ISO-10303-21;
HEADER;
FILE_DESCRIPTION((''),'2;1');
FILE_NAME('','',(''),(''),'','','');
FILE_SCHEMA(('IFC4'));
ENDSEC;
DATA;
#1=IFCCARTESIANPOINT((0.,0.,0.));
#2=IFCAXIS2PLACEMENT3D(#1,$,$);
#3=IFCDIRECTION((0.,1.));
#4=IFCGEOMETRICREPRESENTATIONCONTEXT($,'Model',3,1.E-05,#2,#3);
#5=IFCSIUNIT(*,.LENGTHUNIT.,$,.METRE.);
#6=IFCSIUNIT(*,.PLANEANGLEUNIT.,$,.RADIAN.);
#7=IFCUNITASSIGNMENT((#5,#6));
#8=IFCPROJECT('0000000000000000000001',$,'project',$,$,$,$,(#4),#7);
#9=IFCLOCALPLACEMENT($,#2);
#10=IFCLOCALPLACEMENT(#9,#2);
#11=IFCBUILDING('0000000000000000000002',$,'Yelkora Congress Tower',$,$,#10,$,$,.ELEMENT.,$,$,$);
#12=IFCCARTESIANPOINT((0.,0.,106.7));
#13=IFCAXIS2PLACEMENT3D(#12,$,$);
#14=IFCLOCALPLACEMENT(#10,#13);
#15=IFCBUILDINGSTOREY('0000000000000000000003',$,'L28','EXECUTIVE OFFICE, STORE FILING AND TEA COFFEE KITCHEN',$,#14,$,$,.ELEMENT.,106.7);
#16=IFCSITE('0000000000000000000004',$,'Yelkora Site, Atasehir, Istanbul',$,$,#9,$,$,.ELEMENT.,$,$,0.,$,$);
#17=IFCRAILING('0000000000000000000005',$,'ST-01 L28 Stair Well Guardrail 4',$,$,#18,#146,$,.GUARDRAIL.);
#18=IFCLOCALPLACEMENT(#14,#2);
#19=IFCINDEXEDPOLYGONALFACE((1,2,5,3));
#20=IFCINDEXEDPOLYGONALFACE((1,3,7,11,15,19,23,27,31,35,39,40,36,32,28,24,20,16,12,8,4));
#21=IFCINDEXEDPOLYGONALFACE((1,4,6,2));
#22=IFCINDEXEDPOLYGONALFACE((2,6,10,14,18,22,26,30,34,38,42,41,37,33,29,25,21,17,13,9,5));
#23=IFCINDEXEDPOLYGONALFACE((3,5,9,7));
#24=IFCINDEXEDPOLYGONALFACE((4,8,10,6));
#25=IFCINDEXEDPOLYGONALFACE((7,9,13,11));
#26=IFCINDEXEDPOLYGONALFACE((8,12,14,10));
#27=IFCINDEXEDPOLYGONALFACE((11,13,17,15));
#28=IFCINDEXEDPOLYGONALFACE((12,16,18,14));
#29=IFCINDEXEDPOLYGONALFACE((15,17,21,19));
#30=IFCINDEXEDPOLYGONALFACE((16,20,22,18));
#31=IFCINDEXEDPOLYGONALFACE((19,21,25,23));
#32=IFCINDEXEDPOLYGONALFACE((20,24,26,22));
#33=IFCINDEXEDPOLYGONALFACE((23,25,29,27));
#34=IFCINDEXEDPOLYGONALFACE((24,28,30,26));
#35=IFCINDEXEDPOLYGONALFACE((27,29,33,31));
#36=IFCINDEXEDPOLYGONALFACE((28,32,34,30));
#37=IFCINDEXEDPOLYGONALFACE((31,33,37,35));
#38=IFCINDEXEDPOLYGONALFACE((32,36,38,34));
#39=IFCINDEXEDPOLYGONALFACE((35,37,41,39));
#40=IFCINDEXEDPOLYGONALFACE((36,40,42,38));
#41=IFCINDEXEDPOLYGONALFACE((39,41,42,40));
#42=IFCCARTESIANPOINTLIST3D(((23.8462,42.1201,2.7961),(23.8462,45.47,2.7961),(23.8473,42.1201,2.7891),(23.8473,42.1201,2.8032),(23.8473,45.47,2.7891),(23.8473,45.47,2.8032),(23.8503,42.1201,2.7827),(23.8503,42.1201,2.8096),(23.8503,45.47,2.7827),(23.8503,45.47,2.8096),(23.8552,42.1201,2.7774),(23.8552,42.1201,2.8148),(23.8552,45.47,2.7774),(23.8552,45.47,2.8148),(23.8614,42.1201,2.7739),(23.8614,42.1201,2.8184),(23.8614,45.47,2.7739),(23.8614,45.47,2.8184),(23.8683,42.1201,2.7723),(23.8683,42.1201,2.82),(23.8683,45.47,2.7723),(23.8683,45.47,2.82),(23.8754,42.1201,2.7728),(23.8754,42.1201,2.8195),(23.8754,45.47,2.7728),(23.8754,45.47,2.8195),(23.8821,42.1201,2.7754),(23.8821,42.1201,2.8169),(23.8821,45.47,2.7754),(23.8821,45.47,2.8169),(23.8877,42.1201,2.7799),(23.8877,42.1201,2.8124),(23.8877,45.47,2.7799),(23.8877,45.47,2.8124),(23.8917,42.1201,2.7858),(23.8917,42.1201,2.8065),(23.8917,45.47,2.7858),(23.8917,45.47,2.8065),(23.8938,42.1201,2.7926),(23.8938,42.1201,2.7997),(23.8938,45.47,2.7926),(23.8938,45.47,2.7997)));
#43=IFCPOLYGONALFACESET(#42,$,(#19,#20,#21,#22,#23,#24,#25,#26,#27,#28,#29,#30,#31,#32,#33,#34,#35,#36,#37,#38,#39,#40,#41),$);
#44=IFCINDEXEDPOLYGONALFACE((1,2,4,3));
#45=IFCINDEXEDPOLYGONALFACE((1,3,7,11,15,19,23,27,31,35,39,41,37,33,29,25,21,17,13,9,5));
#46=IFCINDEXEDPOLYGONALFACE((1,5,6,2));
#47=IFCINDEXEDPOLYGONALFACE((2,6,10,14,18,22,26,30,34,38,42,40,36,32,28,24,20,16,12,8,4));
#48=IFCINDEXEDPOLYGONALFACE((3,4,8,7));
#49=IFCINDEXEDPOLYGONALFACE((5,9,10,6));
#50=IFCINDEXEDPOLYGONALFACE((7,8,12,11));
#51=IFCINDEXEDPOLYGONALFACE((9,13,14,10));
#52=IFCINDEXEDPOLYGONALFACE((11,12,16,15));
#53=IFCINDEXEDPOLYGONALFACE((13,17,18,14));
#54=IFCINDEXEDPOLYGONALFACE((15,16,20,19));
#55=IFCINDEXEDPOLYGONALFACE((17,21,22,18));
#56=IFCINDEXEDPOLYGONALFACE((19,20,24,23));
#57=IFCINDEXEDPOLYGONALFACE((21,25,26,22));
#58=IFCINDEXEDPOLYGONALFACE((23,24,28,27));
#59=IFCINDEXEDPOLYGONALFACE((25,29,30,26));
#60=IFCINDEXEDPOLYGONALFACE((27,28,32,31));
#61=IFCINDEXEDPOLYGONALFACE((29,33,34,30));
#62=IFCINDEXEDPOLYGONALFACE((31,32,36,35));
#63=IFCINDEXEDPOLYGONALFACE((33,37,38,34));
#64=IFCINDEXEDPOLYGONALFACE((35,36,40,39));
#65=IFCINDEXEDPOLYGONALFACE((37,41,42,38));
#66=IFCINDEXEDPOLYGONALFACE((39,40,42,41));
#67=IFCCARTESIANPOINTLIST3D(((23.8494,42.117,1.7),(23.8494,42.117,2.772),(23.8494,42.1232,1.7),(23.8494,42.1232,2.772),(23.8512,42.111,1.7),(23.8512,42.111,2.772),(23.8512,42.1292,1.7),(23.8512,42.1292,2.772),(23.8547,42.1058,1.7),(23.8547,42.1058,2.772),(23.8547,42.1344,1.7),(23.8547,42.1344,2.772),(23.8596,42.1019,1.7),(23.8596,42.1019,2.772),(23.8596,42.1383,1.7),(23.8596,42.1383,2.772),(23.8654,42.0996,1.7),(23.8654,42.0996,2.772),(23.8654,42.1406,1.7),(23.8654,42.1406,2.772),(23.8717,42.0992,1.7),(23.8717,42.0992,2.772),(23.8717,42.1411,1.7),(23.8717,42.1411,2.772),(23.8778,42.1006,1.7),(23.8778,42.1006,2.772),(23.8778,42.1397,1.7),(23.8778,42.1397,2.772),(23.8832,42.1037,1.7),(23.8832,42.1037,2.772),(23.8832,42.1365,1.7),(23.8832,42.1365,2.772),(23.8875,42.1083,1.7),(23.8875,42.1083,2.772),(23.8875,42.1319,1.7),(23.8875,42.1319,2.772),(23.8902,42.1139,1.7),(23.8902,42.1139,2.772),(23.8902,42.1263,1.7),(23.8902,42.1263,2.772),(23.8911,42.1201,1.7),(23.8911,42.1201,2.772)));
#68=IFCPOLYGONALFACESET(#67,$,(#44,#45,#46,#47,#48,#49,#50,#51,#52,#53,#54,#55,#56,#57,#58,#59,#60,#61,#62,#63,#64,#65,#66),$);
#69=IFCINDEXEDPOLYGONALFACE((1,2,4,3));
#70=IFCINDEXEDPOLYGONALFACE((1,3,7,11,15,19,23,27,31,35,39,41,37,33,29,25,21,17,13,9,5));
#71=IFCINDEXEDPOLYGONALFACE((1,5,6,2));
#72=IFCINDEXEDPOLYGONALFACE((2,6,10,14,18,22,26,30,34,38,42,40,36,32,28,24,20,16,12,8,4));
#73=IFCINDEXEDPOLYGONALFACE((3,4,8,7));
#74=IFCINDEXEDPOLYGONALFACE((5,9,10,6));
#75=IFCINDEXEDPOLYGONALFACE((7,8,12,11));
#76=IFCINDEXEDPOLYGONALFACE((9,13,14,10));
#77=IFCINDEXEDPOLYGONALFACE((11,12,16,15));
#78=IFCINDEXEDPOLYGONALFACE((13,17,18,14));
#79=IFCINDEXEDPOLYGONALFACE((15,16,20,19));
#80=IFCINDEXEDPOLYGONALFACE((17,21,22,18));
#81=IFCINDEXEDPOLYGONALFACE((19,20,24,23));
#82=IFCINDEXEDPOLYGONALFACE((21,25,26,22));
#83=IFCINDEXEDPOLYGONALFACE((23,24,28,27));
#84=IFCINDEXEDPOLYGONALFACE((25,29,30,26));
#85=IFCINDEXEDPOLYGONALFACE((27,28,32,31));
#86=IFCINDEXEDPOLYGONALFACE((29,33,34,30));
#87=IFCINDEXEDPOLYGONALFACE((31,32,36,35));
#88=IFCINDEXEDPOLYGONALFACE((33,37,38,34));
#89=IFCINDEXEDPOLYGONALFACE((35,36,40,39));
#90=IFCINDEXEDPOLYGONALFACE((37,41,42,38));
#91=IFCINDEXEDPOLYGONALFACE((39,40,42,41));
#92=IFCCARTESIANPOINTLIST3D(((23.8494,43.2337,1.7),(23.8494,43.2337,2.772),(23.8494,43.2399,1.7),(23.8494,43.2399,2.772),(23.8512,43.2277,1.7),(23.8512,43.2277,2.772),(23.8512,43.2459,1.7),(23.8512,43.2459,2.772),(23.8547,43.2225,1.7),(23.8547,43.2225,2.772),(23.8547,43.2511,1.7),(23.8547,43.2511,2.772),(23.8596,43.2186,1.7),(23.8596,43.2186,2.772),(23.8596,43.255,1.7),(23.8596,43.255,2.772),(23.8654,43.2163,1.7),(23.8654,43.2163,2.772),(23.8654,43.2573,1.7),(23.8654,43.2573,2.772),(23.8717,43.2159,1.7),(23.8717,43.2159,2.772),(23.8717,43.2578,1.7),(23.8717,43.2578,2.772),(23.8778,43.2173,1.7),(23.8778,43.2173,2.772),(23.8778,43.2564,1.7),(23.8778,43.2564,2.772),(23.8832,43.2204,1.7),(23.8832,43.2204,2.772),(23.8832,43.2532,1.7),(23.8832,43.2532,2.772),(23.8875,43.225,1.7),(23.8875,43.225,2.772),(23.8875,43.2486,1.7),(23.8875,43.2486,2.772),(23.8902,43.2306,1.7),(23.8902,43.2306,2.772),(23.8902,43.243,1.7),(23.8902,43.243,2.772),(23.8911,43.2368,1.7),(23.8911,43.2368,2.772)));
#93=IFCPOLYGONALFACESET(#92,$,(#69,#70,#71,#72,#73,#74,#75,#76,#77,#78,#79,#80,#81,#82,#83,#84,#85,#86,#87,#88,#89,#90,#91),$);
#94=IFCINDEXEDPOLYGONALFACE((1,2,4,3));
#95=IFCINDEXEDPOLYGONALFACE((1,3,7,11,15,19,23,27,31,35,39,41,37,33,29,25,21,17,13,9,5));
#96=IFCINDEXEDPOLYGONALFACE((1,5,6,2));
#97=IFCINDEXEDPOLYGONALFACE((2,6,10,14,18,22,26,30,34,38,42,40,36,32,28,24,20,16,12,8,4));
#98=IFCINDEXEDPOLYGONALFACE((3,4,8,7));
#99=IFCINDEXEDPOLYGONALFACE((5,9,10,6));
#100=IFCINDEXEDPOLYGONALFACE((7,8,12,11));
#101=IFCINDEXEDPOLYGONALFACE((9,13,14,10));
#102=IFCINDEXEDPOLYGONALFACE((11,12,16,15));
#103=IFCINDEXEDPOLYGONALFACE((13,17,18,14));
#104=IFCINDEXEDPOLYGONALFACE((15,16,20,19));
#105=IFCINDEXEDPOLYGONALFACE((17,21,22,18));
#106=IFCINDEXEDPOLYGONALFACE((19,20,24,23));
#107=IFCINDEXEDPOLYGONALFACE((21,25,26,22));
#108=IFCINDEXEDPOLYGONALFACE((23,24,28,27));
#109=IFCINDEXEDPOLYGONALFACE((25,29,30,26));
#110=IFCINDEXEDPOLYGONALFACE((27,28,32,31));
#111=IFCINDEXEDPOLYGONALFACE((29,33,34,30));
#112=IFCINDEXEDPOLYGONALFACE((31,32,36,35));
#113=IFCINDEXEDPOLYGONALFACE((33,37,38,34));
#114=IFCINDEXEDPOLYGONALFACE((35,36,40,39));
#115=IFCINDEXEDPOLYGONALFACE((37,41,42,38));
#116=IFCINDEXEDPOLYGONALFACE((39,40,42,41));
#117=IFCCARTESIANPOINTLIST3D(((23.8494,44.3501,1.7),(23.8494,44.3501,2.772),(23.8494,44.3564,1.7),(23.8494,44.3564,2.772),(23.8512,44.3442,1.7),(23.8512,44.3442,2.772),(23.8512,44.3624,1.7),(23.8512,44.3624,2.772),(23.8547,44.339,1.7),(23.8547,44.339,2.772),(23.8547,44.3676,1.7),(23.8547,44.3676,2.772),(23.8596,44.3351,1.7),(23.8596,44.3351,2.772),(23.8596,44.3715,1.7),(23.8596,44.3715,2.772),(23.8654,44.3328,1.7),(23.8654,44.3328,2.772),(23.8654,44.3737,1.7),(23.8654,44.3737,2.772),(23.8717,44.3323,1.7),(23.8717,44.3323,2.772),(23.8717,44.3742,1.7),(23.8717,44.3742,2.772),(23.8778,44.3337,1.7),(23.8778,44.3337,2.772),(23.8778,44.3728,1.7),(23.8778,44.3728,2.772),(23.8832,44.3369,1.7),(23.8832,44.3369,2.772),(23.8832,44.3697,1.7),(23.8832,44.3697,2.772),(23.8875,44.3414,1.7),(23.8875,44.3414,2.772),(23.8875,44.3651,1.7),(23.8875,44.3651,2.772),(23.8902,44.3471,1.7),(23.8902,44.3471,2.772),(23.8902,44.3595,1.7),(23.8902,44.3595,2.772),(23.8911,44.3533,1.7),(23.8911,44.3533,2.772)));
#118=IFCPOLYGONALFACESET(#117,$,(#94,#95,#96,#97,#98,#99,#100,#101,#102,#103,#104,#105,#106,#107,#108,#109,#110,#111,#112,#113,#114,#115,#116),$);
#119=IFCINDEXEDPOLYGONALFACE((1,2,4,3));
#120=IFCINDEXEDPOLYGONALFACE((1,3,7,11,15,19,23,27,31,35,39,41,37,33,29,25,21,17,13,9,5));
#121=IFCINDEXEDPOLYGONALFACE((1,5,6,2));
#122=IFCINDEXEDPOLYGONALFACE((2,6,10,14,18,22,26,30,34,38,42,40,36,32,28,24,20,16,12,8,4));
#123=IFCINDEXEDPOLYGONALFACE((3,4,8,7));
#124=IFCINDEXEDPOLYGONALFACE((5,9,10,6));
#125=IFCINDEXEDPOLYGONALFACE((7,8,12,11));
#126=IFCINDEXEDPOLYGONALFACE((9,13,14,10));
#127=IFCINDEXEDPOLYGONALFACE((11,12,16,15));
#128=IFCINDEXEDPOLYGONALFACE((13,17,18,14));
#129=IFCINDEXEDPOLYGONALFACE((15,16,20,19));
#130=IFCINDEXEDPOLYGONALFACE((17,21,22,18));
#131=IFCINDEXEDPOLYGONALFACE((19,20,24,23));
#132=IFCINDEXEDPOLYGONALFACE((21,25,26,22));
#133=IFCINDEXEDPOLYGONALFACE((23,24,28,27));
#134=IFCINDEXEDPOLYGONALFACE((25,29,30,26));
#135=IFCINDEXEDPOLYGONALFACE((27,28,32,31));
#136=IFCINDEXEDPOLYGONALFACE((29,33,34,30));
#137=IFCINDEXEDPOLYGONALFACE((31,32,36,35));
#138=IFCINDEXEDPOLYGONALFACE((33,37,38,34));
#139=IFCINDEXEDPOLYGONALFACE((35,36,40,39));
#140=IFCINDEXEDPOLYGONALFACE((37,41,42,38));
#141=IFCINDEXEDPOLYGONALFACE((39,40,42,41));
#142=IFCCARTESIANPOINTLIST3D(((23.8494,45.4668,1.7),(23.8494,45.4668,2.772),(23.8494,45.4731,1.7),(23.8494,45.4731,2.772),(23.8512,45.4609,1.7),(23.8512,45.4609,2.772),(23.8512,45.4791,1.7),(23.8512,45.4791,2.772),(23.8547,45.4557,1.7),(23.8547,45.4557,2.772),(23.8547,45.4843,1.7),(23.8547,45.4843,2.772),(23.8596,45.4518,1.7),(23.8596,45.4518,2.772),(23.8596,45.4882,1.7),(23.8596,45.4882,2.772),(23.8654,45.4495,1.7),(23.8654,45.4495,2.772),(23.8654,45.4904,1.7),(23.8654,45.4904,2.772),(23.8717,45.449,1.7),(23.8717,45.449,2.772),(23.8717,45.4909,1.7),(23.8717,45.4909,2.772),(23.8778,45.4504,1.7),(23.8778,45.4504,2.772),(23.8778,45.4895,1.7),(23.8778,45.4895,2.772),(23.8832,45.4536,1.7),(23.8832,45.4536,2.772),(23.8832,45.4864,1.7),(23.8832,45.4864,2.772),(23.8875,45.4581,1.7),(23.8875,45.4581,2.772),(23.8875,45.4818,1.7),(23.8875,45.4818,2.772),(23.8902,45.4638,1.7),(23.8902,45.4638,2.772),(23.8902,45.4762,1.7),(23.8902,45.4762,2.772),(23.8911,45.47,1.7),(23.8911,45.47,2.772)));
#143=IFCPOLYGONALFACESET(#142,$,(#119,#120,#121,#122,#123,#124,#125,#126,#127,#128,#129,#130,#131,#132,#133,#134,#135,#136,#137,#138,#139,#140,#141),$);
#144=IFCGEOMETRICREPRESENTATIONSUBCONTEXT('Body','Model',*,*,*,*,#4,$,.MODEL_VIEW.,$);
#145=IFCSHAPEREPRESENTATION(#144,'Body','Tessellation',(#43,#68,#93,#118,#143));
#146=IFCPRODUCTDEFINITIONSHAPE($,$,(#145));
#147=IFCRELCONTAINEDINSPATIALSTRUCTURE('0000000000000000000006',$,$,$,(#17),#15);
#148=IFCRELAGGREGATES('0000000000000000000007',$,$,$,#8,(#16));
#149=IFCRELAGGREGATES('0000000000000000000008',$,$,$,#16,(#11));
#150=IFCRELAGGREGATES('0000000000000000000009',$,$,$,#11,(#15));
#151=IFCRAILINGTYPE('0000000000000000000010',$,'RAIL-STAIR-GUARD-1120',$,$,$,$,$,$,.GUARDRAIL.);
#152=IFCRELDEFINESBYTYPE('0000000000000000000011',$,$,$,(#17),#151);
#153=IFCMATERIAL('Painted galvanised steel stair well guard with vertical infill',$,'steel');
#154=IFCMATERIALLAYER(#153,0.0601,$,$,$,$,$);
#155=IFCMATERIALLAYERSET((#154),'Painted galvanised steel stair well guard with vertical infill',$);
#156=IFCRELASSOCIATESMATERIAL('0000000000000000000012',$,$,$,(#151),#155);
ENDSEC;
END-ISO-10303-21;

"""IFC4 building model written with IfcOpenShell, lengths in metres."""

from ifc_helpers import new_model, si_unit, direction, frame, origin, origin_2d, place, context, subcontext, project, spatial, circle, extrude, material, layer, layer_set, type_object, element, save


model = new_model("IFC4")

# Units and contexts
model_context = context("Model", 3, precision=1e-05, world=origin(), true_north=direction((0.0, 1.0)))
body_context = subcontext(model_context, "Body", "Model", "MODEL_VIEW")
ifc_project = project(units=[si_unit("LENGTHUNIT", "METRE"), si_unit("PLANEANGLEUNIT", "RADIAN")], contexts=[model_context])

# Site, building, storey
site_placement = place(None, origin())
site = spatial("IfcSite", under=ifc_project, at=site_placement, Name="Yelkora Site, Atasehir, Istanbul", CompositionType="ELEMENT", RefElevation=0.0)
building_placement = place(site_placement, origin())
building = spatial("IfcBuilding", under=site, at=building_placement, Name="Yelkora Congress Tower", CompositionType="ELEMENT")
storey_placement = place(building_placement, frame((0.0, 0.0, 106.7)))
storey = spatial("IfcBuildingStorey", under=building, at=storey_placement, Name="L28", Description="EXECUTIVE OFFICE, STORE FILING AND TEA COFFEE KITCHEN", CompositionType="ELEMENT", Elevation=106.7)

# Railing
ifc_material_1 = material(Name="Painted galvanised steel stair well guard with vertical infill", Category="steel")
ifc_layer_1 = layer(ifc_material_1, 0.0601)
ifc_layer_set_1 = layer_set([ifc_layer_1], Name="Painted galvanised steel stair well guard with vertical infill")
railing_type_1 = type_object("IfcRailingType", Name="RAIL-STAIR-GUARD-1120", PredefinedType="GUARDRAIL", material=ifc_layer_set_1)
railing_1_placement = place(storey_placement, frame((23.8701, 42.1201, 1.7)))
element("IfcRailing", 1, at=railing_1_placement, inside=storey, type_object=railing_type_1, Name="ST-01 L28 Stair Well Guardrail 4", PredefinedType="GUARDRAIL", context=body_context, shape_type="SweptSolid", body=[
    extrude(circle(Radius=0.0239, at=origin_2d()), frame((0.0, 0.0, 1.0962), z_axis=(0.0, 1.0, 0.0), x_axis=(-1.0, 0.0, 0.0)), (0.0, 0.0, 1.0), 3.3499),
    extrude(circle(Radius=0.021, at=origin_2d()), origin(), (0.0, 0.0, 1.0), 1.072),
    extrude(circle(Radius=0.021, at=origin_2d()), frame((0.0, 1.1167, 0.0)), (0.0, 0.0, 1.0), 1.072),
    extrude(circle(Radius=0.021, at=origin_2d()), frame((0.0, 2.2332, 0.0)), (0.0, 0.0, 1.0), 1.072),
    extrude(circle(Radius=0.021, at=origin_2d()), frame((0.0, 3.3499, 0.0)), (0.0, 0.0, 1.0), 1.072),
])

save(model, "model.ifc")
